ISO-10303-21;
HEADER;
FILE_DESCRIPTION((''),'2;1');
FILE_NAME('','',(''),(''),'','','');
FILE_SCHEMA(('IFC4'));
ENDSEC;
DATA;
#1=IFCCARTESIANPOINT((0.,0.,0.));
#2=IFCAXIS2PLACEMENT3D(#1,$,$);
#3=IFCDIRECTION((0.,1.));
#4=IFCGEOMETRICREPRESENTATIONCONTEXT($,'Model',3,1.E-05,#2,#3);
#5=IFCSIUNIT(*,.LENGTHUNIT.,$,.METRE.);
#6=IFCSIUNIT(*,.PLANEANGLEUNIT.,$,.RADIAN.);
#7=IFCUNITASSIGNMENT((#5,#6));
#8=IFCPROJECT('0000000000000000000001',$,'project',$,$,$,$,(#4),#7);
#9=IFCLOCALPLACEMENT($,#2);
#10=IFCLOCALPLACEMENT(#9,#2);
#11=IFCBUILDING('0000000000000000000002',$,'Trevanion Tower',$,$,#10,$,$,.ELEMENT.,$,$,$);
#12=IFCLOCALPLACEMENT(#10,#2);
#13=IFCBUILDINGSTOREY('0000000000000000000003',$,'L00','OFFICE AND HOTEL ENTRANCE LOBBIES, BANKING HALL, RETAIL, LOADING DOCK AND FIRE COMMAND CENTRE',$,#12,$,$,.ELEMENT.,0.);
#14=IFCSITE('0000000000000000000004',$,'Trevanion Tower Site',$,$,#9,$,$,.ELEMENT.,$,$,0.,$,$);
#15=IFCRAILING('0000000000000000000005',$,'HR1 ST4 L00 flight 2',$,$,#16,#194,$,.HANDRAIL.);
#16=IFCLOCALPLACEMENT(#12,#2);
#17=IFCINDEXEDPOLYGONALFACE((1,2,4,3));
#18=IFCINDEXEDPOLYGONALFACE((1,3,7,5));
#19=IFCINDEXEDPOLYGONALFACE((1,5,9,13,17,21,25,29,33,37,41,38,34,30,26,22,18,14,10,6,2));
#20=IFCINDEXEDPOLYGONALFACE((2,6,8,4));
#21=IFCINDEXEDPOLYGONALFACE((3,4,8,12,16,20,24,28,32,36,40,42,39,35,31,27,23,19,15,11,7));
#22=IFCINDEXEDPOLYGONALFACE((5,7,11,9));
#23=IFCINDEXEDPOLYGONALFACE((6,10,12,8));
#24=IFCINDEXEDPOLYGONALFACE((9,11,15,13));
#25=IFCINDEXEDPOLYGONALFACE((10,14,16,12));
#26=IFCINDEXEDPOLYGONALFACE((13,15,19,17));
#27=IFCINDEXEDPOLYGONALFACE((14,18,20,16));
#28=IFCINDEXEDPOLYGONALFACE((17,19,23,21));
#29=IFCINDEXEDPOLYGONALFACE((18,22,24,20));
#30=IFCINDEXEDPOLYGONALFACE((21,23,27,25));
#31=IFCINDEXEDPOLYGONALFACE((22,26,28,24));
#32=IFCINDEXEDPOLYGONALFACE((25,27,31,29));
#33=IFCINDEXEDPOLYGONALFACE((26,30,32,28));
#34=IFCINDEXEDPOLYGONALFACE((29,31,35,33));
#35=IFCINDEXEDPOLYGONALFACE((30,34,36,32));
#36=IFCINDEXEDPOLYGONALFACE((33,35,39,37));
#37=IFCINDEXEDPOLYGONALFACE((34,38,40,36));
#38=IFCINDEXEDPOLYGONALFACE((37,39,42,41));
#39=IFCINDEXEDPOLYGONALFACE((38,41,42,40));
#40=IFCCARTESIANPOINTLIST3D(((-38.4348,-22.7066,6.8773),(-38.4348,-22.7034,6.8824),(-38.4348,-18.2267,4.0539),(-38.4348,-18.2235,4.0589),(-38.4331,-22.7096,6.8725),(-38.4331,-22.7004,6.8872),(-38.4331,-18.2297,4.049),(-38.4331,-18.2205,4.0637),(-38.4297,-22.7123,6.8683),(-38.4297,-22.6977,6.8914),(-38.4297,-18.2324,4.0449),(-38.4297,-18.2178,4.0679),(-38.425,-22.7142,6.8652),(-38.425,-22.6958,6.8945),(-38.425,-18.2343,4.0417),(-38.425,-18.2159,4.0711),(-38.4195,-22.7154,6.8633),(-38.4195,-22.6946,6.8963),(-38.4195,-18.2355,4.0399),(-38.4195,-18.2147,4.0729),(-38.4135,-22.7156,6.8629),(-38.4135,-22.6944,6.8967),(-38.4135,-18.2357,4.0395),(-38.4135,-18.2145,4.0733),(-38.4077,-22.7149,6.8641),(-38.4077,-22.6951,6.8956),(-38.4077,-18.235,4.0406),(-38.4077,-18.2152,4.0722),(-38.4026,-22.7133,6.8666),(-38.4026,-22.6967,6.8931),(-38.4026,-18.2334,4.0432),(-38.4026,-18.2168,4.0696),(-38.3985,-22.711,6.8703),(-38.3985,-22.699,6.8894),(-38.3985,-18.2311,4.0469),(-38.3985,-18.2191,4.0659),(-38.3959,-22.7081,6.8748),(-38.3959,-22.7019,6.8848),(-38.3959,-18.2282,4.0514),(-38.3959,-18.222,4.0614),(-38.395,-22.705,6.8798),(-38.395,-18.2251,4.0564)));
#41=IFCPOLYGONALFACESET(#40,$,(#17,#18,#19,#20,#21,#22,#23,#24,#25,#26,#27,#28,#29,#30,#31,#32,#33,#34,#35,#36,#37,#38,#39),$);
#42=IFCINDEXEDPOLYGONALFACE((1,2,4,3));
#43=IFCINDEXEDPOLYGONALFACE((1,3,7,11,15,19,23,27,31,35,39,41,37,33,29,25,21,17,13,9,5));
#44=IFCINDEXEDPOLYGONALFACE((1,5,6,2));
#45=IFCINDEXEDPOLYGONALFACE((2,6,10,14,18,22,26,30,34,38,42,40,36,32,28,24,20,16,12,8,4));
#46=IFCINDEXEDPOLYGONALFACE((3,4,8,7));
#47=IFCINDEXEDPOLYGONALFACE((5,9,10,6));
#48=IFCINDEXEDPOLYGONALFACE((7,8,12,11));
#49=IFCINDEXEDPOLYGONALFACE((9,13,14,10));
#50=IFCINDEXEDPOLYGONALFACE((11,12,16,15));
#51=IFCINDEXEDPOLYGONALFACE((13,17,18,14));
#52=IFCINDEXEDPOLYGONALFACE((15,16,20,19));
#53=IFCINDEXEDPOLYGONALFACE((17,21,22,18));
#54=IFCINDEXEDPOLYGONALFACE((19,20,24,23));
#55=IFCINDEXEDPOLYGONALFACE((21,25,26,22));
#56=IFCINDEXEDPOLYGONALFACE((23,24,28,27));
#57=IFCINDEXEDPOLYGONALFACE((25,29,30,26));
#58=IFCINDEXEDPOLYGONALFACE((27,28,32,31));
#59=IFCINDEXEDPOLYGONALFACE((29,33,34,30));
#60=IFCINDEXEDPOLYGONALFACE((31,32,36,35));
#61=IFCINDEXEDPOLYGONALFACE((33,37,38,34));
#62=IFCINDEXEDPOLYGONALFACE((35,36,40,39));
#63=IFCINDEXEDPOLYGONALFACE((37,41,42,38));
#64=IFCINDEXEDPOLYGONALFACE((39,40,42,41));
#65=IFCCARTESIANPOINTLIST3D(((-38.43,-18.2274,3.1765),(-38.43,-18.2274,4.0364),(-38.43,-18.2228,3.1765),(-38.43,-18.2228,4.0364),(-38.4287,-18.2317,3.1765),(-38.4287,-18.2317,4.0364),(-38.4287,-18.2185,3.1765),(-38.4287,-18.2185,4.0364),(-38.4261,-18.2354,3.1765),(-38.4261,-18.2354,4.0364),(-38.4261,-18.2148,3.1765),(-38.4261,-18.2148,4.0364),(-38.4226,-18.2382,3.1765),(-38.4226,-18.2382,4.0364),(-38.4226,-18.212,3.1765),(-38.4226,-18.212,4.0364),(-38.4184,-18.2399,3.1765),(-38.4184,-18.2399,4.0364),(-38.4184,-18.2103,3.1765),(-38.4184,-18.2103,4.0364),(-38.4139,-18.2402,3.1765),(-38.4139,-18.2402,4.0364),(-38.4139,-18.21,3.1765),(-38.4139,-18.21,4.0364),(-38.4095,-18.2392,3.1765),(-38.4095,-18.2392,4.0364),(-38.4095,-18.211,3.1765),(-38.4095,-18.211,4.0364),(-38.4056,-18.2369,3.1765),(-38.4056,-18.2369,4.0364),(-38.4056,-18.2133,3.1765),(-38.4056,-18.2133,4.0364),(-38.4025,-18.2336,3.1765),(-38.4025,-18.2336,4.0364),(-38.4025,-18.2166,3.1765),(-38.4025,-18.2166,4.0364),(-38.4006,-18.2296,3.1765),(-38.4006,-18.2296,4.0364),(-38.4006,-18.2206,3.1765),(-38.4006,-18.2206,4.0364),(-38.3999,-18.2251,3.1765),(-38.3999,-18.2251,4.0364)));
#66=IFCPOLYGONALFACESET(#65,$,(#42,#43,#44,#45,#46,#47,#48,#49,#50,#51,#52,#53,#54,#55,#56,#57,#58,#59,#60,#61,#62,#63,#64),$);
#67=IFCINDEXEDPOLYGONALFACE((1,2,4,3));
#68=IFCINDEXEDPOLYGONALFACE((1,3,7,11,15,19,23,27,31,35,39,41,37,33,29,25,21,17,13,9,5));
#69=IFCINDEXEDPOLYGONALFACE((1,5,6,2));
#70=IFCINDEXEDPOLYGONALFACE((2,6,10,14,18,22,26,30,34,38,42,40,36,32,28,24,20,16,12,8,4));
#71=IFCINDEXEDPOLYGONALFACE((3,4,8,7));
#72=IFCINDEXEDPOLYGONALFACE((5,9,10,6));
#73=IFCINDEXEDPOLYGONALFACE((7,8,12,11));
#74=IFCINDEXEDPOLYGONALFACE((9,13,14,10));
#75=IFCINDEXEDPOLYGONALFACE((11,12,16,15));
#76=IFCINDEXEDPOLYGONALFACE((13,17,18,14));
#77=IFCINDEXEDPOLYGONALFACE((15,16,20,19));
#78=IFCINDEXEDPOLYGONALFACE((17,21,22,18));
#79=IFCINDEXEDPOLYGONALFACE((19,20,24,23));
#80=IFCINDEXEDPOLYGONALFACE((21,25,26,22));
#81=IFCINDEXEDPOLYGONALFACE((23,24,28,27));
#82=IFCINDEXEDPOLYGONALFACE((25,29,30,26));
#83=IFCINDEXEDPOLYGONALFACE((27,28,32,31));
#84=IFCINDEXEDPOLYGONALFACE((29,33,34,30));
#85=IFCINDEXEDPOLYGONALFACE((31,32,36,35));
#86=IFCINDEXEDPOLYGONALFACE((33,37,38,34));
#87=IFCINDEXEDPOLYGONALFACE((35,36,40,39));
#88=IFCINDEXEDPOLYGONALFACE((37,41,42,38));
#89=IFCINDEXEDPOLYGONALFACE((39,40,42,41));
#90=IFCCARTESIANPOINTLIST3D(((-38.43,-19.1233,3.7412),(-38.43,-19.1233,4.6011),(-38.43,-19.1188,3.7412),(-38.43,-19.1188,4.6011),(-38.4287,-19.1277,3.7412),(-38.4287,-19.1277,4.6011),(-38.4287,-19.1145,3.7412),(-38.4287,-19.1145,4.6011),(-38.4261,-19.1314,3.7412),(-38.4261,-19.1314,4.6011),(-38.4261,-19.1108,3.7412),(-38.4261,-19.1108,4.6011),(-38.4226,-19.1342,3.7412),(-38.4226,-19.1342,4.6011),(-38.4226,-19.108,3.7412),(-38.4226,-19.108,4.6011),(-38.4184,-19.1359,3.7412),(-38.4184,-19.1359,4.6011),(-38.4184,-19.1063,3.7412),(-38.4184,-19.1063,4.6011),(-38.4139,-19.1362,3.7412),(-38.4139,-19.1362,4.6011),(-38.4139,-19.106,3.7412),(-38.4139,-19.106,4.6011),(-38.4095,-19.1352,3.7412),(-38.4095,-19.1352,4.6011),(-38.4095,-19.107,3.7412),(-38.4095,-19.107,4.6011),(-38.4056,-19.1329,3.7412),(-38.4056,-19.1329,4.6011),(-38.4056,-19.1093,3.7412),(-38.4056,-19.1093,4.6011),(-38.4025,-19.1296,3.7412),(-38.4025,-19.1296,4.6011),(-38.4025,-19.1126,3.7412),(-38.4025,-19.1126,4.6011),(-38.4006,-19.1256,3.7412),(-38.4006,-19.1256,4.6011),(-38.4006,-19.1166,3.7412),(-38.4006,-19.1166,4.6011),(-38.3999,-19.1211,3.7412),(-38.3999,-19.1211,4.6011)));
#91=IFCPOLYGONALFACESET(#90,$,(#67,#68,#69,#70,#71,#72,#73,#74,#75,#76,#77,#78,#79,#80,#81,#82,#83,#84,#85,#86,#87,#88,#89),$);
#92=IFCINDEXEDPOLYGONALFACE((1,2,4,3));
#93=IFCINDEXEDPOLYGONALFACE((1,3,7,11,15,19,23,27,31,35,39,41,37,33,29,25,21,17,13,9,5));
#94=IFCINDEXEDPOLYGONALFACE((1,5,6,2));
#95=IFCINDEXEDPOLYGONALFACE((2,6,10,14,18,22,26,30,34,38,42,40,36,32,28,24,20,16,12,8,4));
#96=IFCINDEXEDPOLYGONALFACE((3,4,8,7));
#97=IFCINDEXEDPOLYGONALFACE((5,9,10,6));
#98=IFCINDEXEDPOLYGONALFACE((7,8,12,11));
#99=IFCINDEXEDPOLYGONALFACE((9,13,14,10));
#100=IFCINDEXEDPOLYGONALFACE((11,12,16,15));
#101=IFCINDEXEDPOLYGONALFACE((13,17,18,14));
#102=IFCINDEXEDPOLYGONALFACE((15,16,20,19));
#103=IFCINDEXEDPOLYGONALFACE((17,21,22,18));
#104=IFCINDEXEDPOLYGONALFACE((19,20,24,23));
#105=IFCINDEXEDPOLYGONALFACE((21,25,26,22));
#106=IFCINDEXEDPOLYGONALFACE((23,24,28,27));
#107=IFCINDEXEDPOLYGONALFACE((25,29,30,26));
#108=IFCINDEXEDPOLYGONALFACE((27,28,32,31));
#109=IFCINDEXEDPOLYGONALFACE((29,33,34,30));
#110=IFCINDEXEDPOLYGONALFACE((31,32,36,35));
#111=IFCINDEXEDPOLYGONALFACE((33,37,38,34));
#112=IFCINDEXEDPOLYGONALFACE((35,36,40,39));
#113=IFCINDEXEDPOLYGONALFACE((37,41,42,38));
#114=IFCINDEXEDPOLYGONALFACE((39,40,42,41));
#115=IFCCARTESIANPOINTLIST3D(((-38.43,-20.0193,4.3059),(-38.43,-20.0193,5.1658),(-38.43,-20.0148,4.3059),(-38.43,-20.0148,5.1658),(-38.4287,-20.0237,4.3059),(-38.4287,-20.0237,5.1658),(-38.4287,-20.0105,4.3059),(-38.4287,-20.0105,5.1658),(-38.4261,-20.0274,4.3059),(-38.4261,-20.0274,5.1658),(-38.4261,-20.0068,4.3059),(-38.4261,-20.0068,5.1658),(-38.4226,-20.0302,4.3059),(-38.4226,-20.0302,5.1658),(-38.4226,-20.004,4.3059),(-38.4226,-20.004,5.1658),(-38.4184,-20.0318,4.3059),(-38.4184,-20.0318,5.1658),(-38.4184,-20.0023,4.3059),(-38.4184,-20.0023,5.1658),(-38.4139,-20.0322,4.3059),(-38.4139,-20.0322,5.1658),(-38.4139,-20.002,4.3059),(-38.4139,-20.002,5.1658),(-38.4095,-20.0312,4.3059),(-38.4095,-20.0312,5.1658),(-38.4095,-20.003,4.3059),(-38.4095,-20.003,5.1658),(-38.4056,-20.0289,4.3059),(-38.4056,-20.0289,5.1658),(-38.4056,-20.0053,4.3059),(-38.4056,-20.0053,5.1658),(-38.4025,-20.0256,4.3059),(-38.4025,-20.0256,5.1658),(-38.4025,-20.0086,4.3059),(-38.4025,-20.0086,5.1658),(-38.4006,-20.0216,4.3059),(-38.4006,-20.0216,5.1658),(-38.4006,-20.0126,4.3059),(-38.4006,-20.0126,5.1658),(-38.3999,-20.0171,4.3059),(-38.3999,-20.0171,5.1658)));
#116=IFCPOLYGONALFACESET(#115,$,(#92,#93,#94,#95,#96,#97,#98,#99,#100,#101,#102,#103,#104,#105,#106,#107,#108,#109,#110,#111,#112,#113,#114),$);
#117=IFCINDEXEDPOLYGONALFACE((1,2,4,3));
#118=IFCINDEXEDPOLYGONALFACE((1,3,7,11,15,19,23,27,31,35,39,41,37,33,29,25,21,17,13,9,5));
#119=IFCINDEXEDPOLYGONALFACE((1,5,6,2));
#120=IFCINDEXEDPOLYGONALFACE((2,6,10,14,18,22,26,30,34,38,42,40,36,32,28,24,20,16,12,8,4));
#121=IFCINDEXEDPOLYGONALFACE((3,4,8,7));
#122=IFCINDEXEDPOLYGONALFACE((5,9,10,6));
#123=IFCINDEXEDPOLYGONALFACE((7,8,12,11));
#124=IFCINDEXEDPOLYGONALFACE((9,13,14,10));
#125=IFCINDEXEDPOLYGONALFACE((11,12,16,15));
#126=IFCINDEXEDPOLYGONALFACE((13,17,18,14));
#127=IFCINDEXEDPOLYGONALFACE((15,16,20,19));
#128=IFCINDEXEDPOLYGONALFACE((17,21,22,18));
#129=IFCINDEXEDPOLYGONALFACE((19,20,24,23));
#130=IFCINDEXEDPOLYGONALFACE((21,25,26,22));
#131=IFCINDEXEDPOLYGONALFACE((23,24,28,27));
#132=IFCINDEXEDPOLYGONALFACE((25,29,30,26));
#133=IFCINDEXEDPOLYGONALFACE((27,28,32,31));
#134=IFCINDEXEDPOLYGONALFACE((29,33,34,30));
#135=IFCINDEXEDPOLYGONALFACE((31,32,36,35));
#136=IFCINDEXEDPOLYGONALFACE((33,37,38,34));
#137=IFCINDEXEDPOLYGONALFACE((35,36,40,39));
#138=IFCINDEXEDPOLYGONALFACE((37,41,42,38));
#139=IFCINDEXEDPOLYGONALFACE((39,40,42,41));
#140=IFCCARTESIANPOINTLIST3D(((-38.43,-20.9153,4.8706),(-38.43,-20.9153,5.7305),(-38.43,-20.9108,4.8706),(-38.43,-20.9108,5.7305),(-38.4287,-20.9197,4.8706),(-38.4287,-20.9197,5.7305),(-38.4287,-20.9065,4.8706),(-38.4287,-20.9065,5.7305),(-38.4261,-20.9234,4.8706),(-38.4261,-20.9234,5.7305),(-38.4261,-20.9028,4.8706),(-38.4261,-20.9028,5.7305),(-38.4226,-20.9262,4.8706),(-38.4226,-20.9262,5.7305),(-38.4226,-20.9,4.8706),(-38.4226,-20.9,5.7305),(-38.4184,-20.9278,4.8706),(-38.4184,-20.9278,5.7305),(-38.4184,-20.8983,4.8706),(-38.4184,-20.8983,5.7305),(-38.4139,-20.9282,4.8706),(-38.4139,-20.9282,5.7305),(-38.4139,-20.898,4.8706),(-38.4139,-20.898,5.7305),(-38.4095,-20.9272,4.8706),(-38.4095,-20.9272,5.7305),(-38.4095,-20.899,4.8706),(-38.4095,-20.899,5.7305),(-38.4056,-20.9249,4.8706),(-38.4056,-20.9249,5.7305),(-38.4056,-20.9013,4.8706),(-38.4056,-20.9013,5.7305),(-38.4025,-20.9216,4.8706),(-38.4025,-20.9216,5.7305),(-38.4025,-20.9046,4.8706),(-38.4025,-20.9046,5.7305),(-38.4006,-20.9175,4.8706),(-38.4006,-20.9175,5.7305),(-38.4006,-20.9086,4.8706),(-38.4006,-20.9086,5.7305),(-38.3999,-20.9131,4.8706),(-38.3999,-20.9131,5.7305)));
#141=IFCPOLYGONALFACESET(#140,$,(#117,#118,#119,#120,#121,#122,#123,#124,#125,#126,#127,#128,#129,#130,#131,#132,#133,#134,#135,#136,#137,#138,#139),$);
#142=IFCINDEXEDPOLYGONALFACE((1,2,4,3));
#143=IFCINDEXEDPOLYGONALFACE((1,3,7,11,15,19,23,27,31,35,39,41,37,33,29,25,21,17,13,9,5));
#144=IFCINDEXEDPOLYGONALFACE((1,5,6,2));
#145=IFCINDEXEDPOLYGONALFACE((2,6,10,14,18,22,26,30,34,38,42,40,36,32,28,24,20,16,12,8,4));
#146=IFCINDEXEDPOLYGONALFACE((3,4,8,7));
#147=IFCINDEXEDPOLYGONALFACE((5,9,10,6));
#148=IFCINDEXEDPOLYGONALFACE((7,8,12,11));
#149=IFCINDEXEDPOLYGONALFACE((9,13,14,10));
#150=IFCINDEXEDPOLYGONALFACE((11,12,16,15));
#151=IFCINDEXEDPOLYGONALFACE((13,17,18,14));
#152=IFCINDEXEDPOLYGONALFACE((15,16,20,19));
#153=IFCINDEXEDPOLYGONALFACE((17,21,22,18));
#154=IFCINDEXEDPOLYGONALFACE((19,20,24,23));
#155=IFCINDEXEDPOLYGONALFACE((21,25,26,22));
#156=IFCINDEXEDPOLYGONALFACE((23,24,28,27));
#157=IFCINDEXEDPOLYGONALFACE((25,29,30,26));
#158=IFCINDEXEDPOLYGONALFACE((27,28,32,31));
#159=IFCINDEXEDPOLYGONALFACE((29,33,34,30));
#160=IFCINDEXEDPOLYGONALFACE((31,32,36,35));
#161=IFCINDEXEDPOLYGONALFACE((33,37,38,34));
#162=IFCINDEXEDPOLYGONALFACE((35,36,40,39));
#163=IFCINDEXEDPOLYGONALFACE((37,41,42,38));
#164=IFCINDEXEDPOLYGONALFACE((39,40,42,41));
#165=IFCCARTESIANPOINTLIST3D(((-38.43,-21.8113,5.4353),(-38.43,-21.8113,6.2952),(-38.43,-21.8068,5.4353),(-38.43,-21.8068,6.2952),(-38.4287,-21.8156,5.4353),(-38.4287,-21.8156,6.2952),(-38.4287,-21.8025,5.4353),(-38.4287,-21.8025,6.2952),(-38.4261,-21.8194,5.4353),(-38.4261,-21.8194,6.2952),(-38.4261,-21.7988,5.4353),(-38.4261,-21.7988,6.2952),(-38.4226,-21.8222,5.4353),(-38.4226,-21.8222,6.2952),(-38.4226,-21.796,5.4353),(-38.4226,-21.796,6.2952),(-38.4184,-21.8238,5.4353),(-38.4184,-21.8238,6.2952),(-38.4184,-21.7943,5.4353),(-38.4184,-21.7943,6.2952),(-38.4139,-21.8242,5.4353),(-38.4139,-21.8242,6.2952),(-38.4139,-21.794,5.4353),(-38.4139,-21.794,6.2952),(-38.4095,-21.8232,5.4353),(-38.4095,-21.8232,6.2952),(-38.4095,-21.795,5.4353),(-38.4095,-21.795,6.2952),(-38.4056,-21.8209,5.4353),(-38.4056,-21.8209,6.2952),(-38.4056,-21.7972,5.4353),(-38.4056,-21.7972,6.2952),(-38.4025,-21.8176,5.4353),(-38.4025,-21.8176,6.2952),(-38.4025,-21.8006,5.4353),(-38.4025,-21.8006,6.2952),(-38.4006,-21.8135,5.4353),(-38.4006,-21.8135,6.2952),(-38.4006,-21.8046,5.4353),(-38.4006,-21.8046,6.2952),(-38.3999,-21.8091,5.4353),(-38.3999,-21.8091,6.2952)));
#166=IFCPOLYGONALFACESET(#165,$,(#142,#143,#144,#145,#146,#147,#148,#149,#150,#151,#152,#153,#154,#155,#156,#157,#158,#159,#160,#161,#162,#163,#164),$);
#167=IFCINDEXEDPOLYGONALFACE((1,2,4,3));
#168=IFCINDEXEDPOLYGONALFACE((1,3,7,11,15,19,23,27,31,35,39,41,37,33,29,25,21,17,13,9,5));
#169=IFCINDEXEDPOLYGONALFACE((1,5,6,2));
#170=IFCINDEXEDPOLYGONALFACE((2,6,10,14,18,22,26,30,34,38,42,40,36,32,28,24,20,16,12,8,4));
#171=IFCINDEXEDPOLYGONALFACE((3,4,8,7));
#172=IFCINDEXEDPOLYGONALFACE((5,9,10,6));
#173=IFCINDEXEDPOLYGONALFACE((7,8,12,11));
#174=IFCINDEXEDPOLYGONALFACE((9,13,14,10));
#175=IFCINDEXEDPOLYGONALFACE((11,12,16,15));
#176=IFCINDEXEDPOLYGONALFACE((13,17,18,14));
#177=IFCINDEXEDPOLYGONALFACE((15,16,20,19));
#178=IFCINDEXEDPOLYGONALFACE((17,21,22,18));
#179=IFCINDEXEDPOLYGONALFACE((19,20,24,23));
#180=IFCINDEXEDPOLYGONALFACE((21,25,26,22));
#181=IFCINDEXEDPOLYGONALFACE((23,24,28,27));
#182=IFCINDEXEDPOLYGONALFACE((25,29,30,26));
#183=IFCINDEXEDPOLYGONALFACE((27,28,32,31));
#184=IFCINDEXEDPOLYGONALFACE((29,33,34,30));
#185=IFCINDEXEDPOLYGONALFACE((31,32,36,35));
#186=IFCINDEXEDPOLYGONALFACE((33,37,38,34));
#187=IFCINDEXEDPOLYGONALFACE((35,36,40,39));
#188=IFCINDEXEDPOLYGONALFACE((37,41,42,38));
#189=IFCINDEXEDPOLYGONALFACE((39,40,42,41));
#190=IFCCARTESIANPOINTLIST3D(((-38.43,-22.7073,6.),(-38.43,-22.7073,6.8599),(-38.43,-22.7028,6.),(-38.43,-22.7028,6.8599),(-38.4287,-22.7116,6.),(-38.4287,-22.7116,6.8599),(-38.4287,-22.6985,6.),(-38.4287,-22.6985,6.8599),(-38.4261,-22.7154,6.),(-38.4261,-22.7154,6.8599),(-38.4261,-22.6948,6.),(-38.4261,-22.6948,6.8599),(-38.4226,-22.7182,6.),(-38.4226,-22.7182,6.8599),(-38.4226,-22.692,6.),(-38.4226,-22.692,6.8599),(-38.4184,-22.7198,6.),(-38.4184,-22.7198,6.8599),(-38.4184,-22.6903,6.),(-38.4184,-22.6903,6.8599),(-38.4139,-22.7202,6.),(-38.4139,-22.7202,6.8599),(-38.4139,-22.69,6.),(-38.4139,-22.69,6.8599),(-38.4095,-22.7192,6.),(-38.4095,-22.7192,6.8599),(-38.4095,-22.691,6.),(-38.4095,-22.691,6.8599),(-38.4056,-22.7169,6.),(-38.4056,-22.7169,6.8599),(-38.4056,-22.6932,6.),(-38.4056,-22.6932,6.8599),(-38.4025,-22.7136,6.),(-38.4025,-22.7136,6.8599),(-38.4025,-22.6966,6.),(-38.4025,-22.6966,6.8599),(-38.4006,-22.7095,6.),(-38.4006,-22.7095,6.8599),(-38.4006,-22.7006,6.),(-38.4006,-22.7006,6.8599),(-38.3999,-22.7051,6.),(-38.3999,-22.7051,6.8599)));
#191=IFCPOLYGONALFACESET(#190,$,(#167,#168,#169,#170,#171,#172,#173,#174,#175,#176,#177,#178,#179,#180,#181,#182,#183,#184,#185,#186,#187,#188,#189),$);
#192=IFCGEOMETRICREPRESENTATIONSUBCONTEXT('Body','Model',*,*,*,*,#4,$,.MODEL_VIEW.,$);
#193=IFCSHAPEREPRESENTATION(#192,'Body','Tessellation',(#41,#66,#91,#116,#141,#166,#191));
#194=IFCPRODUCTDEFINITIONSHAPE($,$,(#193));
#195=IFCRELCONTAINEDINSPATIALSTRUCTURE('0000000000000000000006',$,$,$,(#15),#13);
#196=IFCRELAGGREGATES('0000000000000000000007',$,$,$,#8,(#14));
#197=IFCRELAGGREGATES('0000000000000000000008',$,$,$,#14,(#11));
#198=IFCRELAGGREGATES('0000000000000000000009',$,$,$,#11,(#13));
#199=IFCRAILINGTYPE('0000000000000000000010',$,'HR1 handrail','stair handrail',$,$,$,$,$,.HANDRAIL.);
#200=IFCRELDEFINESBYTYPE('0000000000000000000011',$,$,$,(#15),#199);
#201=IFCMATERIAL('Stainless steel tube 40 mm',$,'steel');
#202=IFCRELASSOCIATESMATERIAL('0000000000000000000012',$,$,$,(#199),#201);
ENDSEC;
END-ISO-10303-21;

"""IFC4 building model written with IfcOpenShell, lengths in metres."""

from ifc_helpers import new_model, si_unit, direction, frame, origin, origin_2d, place, context, subcontext, project, spatial, circle, extrude, material, type_object, element, save


model = new_model("IFC4")

# Units and contexts
model_context = context("Model", 3, precision=1e-05, world=origin(), true_north=direction((0.0, 1.0)))
body_context = subcontext(model_context, "Body", "Model", "MODEL_VIEW")
ifc_project = project(units=[si_unit("LENGTHUNIT", "METRE"), si_unit("PLANEANGLEUNIT", "RADIAN")], contexts=[model_context])

# Site, building, storey
site_placement = place(None, origin())
site = spatial("IfcSite", under=ifc_project, at=site_placement, Name="Trevanion Tower Site", CompositionType="ELEMENT", RefElevation=0.0)
building_placement = place(site_placement, origin())
building = spatial("IfcBuilding", under=site, at=building_placement, Name="Trevanion Tower", CompositionType="ELEMENT")
storey_placement = place(building_placement, origin())
storey = spatial("IfcBuildingStorey", under=building, at=storey_placement, Name="L00", Description="OFFICE AND HOTEL ENTRANCE LOBBIES, BANKING HALL, RETAIL, LOADING DOCK AND FIRE COMMAND CENTRE", CompositionType="ELEMENT", Elevation=0.0)

# Railing
ifc_material_1 = material(Name="Stainless steel tube 40 mm", Category="steel")
railing_type_1 = type_object("IfcRailingType", Name="HR1 handrail", Description="stair handrail", PredefinedType="HANDRAIL", material=ifc_material_1)
for number, where, name in (
    (1, (-38.415, -18.2251, 3.1765), "HR1 ST4 L00 flight 2"),
):
    element("IfcRailing", number, at=place(storey_placement, frame(where)), inside=storey, type_object=railing_type_1, Name=name, PredefinedType="HANDRAIL", context=body_context, shape_type="SweptSolid", body=[
        extrude(circle(Radius=0.02, at=origin_2d()), frame((0.0, 0.0, 0.8799), z_axis=(0.0, -0.845998, 0.533186), x_axis=(1.0, 0.0, 0.0)), (0.0, 0.0, 1.0), 5.2954),
        extrude(circle(Radius=0.0151, at=origin_2d()), origin(), (0.0, 0.0, 1.0), 0.8599),
        extrude(circle(Radius=0.0151, at=origin_2d()), frame((0.0, -0.896, 0.5647)), (0.0, 0.0, 1.0), 0.8599),
        extrude(circle(Radius=0.0151, at=origin_2d()), frame((0.0, -1.792, 1.1294)), (0.0, 0.0, 1.0), 0.8599),
        extrude(circle(Radius=0.0151, at=origin_2d()), frame((0.0, -2.688, 1.6941)), (0.0, 0.0, 1.0), 0.8599),
        extrude(circle(Radius=0.0151, at=origin_2d()), frame((0.0, -3.584, 2.2588)), (0.0, 0.0, 1.0), 0.8599),
        extrude(circle(Radius=0.0151, at=origin_2d()), frame((0.0, -4.48, 2.8235)), (0.0, 0.0, 1.0), 0.8599),
    ])

save(model, "model.ifc")
